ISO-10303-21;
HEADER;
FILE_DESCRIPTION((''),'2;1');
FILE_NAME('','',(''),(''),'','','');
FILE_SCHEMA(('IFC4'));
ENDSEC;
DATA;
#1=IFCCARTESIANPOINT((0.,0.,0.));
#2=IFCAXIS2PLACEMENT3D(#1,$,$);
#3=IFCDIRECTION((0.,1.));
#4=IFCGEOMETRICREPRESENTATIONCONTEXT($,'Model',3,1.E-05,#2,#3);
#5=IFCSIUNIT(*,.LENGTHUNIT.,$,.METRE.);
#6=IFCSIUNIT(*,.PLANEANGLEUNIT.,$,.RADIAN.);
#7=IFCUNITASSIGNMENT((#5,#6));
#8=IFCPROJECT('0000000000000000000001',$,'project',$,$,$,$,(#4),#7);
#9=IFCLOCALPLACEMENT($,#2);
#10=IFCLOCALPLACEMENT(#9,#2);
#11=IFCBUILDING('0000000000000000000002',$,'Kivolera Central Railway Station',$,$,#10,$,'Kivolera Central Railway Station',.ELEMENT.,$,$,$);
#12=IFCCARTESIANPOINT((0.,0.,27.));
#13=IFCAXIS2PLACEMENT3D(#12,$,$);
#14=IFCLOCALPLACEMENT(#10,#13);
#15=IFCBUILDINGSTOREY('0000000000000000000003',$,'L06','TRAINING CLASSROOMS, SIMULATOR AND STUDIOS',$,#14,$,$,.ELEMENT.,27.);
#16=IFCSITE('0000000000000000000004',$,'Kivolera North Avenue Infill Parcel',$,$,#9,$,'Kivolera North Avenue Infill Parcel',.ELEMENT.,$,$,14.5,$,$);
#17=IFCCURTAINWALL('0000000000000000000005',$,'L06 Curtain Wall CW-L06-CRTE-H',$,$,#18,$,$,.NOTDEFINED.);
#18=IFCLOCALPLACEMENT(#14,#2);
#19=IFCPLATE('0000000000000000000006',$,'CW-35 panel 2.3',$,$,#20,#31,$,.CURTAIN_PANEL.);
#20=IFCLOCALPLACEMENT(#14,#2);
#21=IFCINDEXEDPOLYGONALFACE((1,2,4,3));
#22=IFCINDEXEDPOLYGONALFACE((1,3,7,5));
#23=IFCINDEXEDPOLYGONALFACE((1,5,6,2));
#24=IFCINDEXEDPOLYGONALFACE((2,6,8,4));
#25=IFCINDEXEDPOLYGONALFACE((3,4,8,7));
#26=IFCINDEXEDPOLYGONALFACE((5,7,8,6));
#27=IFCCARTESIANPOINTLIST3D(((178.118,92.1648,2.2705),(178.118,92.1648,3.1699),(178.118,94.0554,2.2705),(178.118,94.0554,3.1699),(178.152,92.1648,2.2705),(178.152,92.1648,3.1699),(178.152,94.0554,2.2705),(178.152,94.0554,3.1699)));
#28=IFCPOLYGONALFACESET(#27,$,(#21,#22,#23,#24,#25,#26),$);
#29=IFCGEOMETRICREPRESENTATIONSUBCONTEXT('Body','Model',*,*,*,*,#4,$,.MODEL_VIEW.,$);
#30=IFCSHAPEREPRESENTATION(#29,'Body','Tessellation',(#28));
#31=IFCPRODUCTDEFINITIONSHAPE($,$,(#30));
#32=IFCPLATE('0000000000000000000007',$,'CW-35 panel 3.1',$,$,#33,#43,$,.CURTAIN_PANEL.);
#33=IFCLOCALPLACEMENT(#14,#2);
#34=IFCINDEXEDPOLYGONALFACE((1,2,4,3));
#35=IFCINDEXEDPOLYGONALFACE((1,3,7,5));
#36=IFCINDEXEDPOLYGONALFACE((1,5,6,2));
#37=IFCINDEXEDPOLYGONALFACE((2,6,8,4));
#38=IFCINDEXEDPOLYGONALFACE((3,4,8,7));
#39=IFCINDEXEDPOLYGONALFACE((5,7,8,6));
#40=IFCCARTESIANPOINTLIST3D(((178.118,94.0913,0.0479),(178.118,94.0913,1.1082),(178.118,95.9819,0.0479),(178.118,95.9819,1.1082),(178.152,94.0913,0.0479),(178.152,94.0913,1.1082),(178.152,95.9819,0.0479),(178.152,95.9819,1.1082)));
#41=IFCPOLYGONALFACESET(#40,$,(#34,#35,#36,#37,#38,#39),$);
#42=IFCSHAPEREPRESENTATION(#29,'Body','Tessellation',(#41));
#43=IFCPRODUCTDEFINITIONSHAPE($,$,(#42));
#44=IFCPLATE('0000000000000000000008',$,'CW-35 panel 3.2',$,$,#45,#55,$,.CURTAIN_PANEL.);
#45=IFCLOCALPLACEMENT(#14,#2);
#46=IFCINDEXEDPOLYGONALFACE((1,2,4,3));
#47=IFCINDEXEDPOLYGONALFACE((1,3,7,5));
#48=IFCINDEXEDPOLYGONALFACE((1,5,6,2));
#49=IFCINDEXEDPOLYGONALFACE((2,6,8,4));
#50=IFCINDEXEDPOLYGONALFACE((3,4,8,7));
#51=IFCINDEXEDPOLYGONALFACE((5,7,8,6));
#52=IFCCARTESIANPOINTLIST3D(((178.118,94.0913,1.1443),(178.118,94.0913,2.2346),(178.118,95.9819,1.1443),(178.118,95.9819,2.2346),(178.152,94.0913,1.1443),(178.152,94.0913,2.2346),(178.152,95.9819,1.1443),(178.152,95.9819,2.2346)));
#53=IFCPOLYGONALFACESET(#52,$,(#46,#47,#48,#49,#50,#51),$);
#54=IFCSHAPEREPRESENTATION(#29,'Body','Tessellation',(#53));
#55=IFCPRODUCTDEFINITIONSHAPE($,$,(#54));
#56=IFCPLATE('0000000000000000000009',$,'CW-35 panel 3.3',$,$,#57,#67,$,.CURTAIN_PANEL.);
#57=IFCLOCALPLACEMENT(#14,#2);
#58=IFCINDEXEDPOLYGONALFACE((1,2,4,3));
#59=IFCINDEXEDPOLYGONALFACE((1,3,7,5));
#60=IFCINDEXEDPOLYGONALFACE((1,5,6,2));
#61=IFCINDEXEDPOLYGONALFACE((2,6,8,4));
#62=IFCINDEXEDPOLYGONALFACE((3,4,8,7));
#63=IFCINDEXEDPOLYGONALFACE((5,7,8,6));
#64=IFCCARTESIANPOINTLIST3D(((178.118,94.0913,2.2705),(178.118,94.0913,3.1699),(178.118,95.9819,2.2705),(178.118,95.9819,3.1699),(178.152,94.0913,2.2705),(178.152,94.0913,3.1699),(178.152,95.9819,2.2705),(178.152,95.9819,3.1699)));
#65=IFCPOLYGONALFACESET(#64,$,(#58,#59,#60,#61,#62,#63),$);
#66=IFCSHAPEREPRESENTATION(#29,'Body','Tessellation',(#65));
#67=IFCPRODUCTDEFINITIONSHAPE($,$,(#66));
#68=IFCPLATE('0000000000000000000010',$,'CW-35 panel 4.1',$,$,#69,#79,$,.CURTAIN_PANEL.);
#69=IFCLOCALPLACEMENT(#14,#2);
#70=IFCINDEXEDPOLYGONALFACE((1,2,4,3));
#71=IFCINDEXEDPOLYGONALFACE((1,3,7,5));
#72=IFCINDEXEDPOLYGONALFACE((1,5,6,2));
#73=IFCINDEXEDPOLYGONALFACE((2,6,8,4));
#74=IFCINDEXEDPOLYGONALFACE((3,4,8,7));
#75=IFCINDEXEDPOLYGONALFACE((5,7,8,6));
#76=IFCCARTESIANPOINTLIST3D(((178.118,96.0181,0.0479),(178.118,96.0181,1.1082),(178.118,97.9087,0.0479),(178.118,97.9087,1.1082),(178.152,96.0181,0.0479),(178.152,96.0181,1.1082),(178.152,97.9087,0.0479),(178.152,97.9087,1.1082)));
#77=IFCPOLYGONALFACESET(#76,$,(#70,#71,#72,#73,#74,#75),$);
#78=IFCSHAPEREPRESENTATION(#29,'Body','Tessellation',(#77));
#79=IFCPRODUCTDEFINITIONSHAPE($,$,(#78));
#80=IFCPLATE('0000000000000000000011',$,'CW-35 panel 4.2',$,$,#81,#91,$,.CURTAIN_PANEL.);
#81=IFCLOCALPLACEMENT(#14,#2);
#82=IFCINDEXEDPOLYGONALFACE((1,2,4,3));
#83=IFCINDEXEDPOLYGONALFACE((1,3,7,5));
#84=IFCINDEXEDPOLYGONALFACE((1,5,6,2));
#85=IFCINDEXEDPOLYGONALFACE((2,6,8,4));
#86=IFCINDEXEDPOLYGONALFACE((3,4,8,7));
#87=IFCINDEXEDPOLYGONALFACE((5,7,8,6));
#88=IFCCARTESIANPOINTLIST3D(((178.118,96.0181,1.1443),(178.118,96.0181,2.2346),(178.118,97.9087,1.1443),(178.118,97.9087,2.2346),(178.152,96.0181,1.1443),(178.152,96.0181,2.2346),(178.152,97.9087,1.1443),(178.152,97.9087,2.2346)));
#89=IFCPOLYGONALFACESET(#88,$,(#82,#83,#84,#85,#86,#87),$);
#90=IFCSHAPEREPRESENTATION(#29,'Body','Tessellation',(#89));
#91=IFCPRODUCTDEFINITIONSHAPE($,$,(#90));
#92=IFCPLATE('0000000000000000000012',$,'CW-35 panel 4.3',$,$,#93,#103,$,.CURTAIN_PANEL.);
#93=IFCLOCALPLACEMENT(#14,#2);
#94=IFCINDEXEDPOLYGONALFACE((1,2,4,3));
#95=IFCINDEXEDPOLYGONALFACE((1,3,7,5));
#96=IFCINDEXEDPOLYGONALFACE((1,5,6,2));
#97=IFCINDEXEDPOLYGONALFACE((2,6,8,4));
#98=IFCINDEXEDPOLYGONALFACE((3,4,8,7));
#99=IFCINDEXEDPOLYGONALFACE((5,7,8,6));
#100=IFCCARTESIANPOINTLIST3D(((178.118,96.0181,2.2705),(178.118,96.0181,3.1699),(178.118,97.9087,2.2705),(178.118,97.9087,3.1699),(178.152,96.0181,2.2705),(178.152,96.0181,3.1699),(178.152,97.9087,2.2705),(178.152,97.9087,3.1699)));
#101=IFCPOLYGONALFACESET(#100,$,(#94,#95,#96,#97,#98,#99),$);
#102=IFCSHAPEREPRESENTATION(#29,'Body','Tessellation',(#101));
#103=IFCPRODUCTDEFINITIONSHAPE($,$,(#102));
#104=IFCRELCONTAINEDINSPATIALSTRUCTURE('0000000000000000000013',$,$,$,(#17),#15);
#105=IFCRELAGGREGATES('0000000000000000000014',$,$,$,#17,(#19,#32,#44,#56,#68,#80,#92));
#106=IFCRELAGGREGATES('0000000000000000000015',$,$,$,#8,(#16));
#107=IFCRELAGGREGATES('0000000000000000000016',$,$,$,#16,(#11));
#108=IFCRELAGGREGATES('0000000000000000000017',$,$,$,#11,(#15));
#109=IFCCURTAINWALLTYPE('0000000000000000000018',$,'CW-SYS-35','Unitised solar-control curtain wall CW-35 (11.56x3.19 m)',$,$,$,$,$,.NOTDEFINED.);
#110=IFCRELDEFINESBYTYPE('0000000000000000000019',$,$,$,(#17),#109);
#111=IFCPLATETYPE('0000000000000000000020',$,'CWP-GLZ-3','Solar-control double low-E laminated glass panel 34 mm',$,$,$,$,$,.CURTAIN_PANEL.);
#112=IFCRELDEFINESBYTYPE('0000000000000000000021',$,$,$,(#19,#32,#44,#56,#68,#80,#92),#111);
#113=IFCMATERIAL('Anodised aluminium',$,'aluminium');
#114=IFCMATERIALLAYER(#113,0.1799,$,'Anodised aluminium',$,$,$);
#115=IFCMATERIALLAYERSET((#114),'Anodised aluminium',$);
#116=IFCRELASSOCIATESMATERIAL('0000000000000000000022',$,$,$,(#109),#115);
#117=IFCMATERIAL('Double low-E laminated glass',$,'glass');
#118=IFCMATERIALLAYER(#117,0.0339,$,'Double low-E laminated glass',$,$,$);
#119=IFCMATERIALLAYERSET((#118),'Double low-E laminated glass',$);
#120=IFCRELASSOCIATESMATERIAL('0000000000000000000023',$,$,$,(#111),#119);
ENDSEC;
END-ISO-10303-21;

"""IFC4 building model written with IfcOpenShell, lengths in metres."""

from ifc_helpers import new_model, si_unit, direction, frame, origin, origin_2d, place, context, subcontext, project, spatial, rectangle, extrude, material, layer, layer_set, type_object, element, aggregate, save


model = new_model("IFC4")

# Units and contexts
model_context = context("Model", 3, precision=1e-05, world=origin(), true_north=direction((0.0, 1.0)))
body_context = subcontext(model_context, "Body", "Model", "MODEL_VIEW")
ifc_project = project(units=[si_unit("LENGTHUNIT", "METRE"), si_unit("PLANEANGLEUNIT", "RADIAN")], contexts=[model_context])

# Site, building, storey
site_placement = place(None, origin())
site = spatial("IfcSite", under=ifc_project, at=site_placement, Name="Kivolera North Avenue Infill Parcel", LongName="Kivolera North Avenue Infill Parcel", CompositionType="ELEMENT", RefElevation=14.5)
building_placement = place(site_placement, origin())
building = spatial("IfcBuilding", under=site, at=building_placement, Name="Kivolera Central Railway Station", LongName="Kivolera Central Railway Station", CompositionType="ELEMENT")
storey_placement = place(building_placement, frame((0.0, 0.0, 27.0)))
storey = spatial("IfcBuildingStorey", under=building, at=storey_placement, Name="L06", Description="TRAINING CLASSROOMS, SIMULATOR AND STUDIOS", CompositionType="ELEMENT", Elevation=27.0)

# Curtain wall, plates
ifc_material_1 = material(Name="Anodised aluminium", Category="aluminium")
ifc_layer_1 = layer(ifc_material_1, 0.1799, Name="Anodised aluminium")
ifc_layer_set_1 = layer_set([ifc_layer_1], Name="Anodised aluminium")
curtain_wall_type = type_object("IfcCurtainWallType", Name="CW-SYS-35", Description="Unitised solar-control curtain wall CW-35 (11.56x3.19 m)", PredefinedType="NOTDEFINED", material=ifc_layer_set_1)
curtain_wall_placement = place(storey_placement, origin())
curtain_wall = element("IfcCurtainWall", 1, at=curtain_wall_placement, inside=storey, type_object=curtain_wall_type, Name="L06 Curtain Wall CW-L06-CRTE-H", PredefinedType="NOTDEFINED")
ifc_material_2 = material(Name="Double low-E laminated glass", Category="glass")
ifc_layer_2 = layer(ifc_material_2, 0.0339, Name="Double low-E laminated glass")
ifc_layer_set_2 = layer_set([ifc_layer_2], Name="Double low-E laminated glass")
plate_type = type_object("IfcPlateType", Name="CWP-GLZ-3", Description="Solar-control double low-E laminated glass panel 34 mm", PredefinedType="CURTAIN_PANEL", material=ifc_layer_set_2)
plate_1_placement = place(storey_placement, frame((178.135, 93.1101, 2.2705), z_axis=(0.0, 0.0, 1.0), x_axis=(0.0, 1.0, 0.0)))
plate_1 = element("IfcPlate", 2, at=plate_1_placement, type_object=plate_type, Name="CW-35 panel 2.3", PredefinedType="CURTAIN_PANEL", context=body_context, shape_type="SweptSolid", body=[
    extrude(rectangle(XDim=1.8906, YDim=0.0339, at=origin_2d()), origin(), (0.0, 0.0, 1.0), 0.8994),
])
plate_2_placement = place(storey_placement, frame((178.135, 95.0366, 0.0479), z_axis=(0.0, 0.0, 1.0), x_axis=(0.0, 1.0, 0.0)))
plate_2 = element("IfcPlate", 3, at=plate_2_placement, type_object=plate_type, Name="CW-35 panel 3.1", PredefinedType="CURTAIN_PANEL", context=body_context, shape_type="SweptSolid", body=[
    extrude(rectangle(XDim=1.8906, YDim=0.0339, at=origin_2d()), origin(), (0.0, 0.0, 1.0), 1.0603),
])
plate_3_placement = place(storey_placement, frame((178.135, 95.0366, 1.1443), z_axis=(0.0, 0.0, 1.0), x_axis=(0.0, 1.0, 0.0)))
plate_3 = element("IfcPlate", 4, at=plate_3_placement, type_object=plate_type, Name="CW-35 panel 3.2", PredefinedType="CURTAIN_PANEL", context=body_context, shape_type="SweptSolid", body=[
    extrude(rectangle(XDim=1.8906, YDim=0.0339, at=origin_2d()), origin(), (0.0, 0.0, 1.0), 1.0903),
])
plate_4_placement = place(storey_placement, frame((178.135, 95.0366, 2.2705), z_axis=(0.0, 0.0, 1.0), x_axis=(0.0, 1.0, 0.0)))
plate_4 = element("IfcPlate", 5, at=plate_4_placement, type_object=plate_type, Name="CW-35 panel 3.3", PredefinedType="CURTAIN_PANEL", context=body_context, shape_type="SweptSolid", body=[
    extrude(rectangle(XDim=1.8906, YDim=0.0339, at=origin_2d()), origin(), (0.0, 0.0, 1.0), 0.8994),
])
plate_5_placement = place(storey_placement, frame((178.135, 96.9634, 0.0479), z_axis=(0.0, 0.0, 1.0), x_axis=(0.0, 1.0, 0.0)))
plate_5 = element("IfcPlate", 6, at=plate_5_placement, type_object=plate_type, Name="CW-35 panel 4.1", PredefinedType="CURTAIN_PANEL", context=body_context, shape_type="SweptSolid", body=[
    extrude(rectangle(XDim=1.8906, YDim=0.0339, at=origin_2d()), origin(), (0.0, 0.0, 1.0), 1.0603),
])
plate_6_placement = place(storey_placement, frame((178.135, 96.9634, 1.1443), z_axis=(0.0, 0.0, 1.0), x_axis=(0.0, 1.0, 0.0)))
plate_6 = element("IfcPlate", 7, at=plate_6_placement, type_object=plate_type, Name="CW-35 panel 4.2", PredefinedType="CURTAIN_PANEL", context=body_context, shape_type="SweptSolid", body=[
    extrude(rectangle(XDim=1.8906, YDim=0.0339, at=origin_2d()), origin(), (0.0, 0.0, 1.0), 1.0903),
])
plate_7_placement = place(storey_placement, frame((178.135, 96.9634, 2.2705), z_axis=(0.0, 0.0, 1.0), x_axis=(0.0, 1.0, 0.0)))
plate_7 = element("IfcPlate", 8, at=plate_7_placement, type_object=plate_type, Name="CW-35 panel 4.3", PredefinedType="CURTAIN_PANEL", context=body_context, shape_type="SweptSolid", body=[
    extrude(rectangle(XDim=1.8906, YDim=0.0339, at=origin_2d()), origin(), (0.0, 0.0, 1.0), 0.8994),
])
aggregate(curtain_wall, [plate_1, plate_2, plate_3, plate_4, plate_5, plate_6, plate_7])

save(model, "model.ifc")
